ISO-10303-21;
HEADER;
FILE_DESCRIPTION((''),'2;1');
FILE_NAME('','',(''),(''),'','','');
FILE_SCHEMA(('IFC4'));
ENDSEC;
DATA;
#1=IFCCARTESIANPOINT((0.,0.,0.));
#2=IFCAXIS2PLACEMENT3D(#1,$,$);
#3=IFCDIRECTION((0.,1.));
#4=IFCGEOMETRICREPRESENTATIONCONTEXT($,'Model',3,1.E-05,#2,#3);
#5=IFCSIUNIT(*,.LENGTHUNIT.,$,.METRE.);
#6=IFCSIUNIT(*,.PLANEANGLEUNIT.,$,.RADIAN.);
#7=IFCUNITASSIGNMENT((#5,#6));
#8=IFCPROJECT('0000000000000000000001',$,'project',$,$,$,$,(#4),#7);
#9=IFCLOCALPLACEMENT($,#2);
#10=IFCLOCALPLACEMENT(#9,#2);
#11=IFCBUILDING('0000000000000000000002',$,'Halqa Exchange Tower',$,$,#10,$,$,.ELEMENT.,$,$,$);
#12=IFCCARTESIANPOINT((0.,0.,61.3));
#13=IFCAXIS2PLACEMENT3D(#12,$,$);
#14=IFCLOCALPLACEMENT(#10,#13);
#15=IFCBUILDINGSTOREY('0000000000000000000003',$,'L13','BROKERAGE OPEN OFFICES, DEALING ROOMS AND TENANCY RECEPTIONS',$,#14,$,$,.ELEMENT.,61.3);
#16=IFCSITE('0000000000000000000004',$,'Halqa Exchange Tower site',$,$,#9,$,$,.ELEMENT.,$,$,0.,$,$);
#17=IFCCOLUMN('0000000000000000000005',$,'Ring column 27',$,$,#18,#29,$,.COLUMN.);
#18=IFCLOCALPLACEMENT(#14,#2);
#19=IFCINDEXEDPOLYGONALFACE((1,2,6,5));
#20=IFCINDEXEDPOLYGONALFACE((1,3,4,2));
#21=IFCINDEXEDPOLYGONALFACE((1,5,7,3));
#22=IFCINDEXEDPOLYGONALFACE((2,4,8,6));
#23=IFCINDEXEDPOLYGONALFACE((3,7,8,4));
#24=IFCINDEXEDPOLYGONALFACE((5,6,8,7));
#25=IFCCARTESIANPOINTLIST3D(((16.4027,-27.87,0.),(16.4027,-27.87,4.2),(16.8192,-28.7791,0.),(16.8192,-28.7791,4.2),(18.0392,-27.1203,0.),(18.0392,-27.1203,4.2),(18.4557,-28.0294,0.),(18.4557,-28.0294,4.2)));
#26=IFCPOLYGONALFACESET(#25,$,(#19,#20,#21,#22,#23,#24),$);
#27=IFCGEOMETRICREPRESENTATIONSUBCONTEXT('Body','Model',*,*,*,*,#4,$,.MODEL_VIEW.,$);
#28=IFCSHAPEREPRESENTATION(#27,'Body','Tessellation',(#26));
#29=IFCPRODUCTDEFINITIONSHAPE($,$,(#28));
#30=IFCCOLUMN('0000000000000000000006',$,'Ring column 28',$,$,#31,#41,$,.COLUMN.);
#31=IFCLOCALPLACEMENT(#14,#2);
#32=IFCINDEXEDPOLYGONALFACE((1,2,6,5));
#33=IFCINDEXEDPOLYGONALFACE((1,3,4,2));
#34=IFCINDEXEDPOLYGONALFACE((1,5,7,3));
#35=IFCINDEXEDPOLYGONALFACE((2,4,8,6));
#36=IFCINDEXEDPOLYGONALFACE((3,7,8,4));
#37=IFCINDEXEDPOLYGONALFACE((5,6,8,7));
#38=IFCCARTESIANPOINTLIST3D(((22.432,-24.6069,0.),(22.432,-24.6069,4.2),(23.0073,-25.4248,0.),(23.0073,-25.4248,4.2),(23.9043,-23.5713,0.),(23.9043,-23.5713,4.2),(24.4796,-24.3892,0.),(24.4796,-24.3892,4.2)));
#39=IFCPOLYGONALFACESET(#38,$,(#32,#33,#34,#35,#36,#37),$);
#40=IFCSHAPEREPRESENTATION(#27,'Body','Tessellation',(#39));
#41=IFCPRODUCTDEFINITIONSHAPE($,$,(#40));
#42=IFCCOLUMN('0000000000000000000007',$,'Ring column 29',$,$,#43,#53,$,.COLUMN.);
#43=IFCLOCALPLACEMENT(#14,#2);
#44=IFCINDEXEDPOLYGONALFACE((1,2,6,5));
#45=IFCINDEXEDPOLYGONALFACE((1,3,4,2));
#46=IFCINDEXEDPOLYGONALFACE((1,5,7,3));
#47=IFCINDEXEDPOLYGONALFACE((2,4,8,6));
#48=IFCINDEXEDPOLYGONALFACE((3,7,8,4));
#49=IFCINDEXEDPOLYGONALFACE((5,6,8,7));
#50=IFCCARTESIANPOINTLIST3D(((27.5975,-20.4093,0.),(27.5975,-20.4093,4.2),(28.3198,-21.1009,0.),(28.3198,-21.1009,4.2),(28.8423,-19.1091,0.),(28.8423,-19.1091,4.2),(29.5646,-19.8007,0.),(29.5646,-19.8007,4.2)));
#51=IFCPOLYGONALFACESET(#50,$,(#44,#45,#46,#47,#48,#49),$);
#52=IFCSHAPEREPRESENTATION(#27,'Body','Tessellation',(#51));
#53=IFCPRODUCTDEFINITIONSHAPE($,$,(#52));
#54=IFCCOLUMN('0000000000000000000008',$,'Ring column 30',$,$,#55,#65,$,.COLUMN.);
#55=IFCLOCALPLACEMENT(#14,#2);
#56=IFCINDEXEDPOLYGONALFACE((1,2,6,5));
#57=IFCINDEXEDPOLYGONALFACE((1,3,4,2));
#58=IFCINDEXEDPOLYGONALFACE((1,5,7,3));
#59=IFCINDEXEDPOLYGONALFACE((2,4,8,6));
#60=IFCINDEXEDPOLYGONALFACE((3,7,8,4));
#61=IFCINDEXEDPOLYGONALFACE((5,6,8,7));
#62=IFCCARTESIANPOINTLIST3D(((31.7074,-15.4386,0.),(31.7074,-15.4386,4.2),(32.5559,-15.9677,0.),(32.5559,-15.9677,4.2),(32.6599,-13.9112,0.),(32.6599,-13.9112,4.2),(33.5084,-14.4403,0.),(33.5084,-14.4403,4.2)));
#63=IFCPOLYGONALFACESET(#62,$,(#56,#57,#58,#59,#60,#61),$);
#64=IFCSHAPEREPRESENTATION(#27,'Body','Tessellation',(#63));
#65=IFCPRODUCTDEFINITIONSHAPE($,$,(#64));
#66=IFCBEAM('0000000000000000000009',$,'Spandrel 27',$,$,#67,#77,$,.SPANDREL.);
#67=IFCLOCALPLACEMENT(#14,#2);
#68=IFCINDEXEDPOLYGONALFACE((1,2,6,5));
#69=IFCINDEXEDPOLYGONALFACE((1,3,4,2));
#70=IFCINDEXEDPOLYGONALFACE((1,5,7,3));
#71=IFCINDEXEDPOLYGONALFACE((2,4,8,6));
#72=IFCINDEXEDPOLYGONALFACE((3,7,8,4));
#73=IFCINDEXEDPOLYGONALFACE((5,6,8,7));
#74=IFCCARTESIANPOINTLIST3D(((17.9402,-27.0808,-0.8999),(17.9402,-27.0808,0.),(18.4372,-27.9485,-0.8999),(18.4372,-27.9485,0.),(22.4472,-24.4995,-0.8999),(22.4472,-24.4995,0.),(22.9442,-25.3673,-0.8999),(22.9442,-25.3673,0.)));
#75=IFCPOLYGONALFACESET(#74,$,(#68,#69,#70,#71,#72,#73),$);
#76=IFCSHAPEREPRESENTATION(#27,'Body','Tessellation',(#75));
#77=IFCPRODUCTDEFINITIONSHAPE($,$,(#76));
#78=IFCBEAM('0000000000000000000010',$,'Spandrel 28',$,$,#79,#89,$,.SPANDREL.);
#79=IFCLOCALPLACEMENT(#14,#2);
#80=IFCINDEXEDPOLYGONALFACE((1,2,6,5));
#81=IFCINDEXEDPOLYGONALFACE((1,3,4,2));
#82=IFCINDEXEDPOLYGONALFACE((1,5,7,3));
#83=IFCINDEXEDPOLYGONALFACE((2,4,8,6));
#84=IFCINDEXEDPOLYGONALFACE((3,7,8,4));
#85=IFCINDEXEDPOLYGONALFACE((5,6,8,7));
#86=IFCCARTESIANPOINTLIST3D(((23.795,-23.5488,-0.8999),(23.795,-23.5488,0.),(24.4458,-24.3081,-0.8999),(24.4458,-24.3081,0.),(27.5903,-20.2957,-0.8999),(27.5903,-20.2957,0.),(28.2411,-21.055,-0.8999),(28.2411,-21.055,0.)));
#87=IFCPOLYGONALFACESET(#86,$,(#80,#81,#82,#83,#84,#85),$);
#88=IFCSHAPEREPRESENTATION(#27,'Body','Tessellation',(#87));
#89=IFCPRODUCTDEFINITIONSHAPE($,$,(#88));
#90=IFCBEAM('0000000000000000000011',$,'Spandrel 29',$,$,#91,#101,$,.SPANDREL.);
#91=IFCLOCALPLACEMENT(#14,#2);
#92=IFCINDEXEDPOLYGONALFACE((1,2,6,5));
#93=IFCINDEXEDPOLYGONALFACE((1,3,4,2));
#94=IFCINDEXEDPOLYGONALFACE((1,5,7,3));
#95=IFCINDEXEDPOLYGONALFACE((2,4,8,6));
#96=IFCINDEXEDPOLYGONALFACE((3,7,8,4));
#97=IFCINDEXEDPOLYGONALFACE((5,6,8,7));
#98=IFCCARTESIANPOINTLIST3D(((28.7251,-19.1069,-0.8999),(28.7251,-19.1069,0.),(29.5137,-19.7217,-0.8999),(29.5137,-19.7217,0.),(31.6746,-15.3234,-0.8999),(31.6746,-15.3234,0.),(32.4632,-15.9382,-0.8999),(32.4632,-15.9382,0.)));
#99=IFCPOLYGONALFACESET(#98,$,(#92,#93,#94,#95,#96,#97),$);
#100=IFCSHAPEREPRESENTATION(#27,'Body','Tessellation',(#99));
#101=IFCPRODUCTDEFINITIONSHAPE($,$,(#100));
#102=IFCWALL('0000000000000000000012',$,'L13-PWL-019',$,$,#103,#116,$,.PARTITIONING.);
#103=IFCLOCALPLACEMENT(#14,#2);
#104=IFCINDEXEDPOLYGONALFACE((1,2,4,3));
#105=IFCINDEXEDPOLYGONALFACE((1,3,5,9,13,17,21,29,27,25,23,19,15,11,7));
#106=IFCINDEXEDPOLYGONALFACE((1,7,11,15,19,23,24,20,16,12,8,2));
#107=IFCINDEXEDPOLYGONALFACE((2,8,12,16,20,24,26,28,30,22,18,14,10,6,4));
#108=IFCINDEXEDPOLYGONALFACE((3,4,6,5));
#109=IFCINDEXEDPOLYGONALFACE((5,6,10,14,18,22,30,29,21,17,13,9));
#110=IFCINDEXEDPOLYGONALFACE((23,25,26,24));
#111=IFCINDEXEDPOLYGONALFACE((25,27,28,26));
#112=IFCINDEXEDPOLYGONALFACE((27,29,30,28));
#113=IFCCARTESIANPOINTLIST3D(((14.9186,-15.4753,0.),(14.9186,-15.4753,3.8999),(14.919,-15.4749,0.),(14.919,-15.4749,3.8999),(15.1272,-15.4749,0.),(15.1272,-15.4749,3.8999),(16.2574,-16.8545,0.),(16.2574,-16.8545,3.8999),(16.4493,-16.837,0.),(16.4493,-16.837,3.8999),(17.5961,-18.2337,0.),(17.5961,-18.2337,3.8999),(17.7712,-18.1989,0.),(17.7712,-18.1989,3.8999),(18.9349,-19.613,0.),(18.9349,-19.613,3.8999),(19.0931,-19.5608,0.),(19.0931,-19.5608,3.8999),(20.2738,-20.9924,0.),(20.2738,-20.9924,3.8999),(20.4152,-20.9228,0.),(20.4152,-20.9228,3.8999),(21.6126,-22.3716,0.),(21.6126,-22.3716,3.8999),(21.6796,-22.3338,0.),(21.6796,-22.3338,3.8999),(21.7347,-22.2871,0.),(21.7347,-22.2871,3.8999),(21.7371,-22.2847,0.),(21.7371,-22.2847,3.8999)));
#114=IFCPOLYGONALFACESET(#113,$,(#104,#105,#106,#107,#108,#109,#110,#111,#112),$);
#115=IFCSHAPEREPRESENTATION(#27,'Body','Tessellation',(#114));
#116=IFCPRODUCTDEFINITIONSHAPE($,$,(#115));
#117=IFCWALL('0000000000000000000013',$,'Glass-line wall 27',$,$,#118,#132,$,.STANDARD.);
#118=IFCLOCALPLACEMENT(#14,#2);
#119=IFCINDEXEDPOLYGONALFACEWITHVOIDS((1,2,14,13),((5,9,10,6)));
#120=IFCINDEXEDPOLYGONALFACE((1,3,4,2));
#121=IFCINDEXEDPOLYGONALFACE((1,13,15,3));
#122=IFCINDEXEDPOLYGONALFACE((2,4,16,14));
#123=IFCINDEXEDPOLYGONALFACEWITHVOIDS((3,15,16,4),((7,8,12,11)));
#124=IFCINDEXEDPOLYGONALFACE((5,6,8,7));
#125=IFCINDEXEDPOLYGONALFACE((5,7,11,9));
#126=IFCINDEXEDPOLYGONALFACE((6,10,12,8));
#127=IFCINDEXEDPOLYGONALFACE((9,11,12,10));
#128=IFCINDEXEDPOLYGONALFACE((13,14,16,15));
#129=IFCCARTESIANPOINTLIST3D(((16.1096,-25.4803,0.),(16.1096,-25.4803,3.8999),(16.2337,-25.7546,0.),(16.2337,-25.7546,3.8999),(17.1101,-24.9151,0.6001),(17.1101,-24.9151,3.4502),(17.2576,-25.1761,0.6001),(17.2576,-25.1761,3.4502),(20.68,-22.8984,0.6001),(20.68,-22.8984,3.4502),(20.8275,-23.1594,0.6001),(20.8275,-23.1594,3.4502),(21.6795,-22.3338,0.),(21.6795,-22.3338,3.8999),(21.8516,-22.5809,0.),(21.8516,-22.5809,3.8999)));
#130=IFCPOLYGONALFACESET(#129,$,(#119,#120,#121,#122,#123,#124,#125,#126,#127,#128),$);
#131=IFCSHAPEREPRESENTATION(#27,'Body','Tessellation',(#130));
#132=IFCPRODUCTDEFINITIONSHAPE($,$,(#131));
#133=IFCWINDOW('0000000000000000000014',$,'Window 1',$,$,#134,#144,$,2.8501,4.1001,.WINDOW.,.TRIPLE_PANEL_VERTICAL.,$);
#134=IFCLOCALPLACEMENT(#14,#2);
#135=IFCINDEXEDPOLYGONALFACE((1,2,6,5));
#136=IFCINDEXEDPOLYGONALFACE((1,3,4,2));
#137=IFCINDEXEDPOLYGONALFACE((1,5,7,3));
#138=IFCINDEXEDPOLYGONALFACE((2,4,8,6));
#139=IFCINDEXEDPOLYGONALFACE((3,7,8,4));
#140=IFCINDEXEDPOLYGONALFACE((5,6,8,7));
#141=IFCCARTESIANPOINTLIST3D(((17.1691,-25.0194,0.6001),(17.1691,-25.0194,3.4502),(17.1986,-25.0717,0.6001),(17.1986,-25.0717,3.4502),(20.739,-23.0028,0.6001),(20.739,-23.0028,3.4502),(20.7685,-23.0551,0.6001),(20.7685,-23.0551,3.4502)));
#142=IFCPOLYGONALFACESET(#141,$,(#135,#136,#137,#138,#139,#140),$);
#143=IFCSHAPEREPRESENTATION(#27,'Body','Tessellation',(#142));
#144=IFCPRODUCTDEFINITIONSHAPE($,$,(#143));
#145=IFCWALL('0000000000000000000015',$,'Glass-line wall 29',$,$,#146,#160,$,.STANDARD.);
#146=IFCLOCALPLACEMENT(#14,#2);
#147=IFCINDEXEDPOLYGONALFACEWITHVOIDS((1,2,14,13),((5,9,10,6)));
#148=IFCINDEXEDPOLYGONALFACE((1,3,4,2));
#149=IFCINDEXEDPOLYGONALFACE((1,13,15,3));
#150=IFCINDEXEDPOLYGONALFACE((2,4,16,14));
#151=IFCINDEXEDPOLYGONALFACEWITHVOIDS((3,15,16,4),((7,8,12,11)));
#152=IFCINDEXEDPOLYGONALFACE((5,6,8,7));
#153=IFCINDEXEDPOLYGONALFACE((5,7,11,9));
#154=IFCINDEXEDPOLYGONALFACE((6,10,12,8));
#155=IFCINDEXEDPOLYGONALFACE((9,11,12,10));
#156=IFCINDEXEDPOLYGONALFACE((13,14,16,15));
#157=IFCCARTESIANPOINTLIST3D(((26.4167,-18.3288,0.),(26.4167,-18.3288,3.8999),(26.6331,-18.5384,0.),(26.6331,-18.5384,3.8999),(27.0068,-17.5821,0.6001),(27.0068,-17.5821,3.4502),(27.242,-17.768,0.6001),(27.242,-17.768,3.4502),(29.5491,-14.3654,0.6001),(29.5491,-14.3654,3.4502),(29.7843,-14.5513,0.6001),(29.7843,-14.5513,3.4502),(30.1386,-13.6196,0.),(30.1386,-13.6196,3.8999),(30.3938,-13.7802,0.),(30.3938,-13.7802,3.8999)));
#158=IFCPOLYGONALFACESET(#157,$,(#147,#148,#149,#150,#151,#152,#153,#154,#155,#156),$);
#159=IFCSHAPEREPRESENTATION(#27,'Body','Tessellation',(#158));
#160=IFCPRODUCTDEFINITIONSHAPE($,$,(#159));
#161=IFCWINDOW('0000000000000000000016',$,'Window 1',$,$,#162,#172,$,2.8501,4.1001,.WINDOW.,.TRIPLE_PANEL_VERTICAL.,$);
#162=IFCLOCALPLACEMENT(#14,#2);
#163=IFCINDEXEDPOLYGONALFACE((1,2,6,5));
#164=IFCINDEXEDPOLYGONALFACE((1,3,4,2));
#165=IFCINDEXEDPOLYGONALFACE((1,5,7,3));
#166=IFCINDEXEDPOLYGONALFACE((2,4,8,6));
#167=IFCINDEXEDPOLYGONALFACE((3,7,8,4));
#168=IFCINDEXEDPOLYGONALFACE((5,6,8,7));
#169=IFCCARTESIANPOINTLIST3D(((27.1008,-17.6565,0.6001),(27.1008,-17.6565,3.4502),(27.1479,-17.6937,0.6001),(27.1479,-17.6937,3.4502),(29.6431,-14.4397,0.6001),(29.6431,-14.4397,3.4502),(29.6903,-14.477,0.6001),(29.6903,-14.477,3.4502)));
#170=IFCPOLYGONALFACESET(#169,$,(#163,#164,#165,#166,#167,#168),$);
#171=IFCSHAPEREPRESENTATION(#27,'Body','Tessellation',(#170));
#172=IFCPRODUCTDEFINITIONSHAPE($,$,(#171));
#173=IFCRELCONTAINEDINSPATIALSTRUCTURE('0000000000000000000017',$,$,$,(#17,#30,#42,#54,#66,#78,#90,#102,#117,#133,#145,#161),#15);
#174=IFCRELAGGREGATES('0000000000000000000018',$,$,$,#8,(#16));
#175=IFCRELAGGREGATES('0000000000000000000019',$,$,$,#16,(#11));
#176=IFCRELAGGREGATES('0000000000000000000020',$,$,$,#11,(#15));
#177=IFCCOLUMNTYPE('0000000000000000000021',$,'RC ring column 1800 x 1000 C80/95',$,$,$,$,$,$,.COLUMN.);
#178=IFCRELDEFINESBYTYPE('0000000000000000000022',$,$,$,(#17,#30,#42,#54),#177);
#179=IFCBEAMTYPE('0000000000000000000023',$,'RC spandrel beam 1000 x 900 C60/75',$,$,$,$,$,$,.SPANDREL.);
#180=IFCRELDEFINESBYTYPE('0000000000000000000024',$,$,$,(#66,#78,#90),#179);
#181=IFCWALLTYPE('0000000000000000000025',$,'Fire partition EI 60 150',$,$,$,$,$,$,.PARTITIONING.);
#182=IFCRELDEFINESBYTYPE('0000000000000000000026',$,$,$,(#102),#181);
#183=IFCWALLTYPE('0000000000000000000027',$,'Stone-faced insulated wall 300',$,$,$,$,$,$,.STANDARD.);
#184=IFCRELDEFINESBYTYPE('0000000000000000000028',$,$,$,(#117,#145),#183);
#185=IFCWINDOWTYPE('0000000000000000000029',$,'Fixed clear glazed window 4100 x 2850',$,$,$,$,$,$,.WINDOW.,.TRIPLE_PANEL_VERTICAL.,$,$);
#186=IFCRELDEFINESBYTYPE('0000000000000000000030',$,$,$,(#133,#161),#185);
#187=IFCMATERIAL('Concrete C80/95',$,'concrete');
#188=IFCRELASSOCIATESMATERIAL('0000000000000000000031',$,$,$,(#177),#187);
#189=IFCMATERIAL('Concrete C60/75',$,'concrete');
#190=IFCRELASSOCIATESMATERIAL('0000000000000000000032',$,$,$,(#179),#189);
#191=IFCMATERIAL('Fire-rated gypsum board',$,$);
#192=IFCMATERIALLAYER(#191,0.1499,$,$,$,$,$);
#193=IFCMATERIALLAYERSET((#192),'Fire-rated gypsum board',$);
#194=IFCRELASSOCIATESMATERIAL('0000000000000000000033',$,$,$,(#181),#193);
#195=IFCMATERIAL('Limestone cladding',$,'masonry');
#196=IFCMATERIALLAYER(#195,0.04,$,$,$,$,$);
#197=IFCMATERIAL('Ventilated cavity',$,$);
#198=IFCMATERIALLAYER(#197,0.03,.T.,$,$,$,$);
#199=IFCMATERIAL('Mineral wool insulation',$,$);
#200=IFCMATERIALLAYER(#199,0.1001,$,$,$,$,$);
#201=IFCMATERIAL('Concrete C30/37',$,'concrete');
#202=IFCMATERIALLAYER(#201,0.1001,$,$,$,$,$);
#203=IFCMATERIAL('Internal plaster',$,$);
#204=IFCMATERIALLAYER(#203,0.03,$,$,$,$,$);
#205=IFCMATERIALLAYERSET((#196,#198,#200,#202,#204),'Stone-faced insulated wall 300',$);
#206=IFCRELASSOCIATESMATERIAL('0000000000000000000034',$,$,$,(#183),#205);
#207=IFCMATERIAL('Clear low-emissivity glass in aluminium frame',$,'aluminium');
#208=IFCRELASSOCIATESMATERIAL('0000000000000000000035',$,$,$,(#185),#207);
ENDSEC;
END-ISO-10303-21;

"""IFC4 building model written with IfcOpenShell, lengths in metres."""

from ifc_helpers import new_model, si_unit, direction, frame, frame_2d, origin, origin_2d, place, context, subcontext, project, spatial, polyline, rectangle, outline, extrude, material, layer, layer_set, material_profile, profile_set, type_object, element, fill, save


model = new_model("IFC4")

# Units and contexts
model_context = context("Model", 3, precision=1e-05, world=origin(), true_north=direction((0.0, 1.0)))
body_context = subcontext(model_context, "Body", "Model", "MODEL_VIEW")
ifc_project = project(units=[si_unit("LENGTHUNIT", "METRE"), si_unit("PLANEANGLEUNIT", "RADIAN")], contexts=[model_context])

# Site, building, storey
site_placement = place(None, origin())
site = spatial("IfcSite", under=ifc_project, at=site_placement, Name="Halqa Exchange Tower site", CompositionType="ELEMENT", RefElevation=0.0)
building_placement = place(site_placement, origin())
building = spatial("IfcBuilding", under=site, at=building_placement, Name="Halqa Exchange Tower", CompositionType="ELEMENT")
storey_placement = place(building_placement, frame((0.0, 0.0, 61.3)))
storey = spatial("IfcBuildingStorey", under=building, at=storey_placement, Name="L13", Description="BROKERAGE OPEN OFFICES, DEALING ROOMS AND TENANCY RECEPTIONS", CompositionType="ELEMENT", Elevation=61.3)

# Columns
ifc_material_1 = material(Name="Concrete C80/95", Category="concrete")
ifc_material_profile_1 = material_profile(ifc_material_1, rectangle(XDim=1.8, YDim=1.0, at=origin_2d()), Name="1800 x 1000")
ifc_profile_set_1 = profile_set([ifc_material_profile_1], Name="Concrete C80/95")
column_type = type_object("IfcColumnType", Name="RC ring column 1800 x 1000 C80/95", PredefinedType="COLUMN", material=ifc_profile_set_1)
for number, where, z_axis, x_axis, name in (
    (1, (17.4292, -27.9497, 0.0), (0.0, 0.0, 1.0), (0.909126, 0.41652, 0.0), "Ring column 27"),
    (2, (23.4558, -24.498, 0.0), (0.0, 0.0, 1.0), (0.817909, 0.575348, 0.0), "Ring column 28"),
    (3, (28.5811, -20.105, 0.0), (0.0, 0.0, 1.0), (0.691577, 0.722302, 0.0), "Ring column 29"),
    (4, (32.6079, -14.9395, 0.0), (0.0, 0.0, 1.0), (0.529139, 0.848535, 0.0), "Ring column 30"),
):
    element("IfcColumn", number, at=place(storey_placement, frame(where, z_axis=z_axis, x_axis=x_axis)), inside=storey, type_object=column_type, Name=name, PredefinedType="COLUMN", context=body_context, shape_type="SweptSolid", body=[
        extrude(rectangle(XDim=1.8, YDim=1.0, at=origin_2d()), origin(), (0.0, 0.0, 1.0), 4.2),
    ])

# Beams
ifc_material_2 = material(Name="Concrete C60/75", Category="concrete")
ifc_material_profile_2 = material_profile(ifc_material_2, rectangle(XDim=1.0, YDim=0.8999, at=origin_2d()), Name="1000 x 900")
ifc_profile_set_2 = profile_set([ifc_material_profile_2], Name="Concrete C60/75")
beam_type = type_object("IfcBeamType", Name="RC spandrel beam 1000 x 900 C60/75", PredefinedType="SPANDREL", material=ifc_profile_set_2)
beam_1_placement = place(storey_placement, frame((18.1887, -27.5146, -0.45), z_axis=(0.86776, 0.496984, 0.0), x_axis=(-0.496984, 0.86776, 0.0)))
element("IfcBeam", 5, at=beam_1_placement, inside=storey, type_object=beam_type, Name="Spandrel 27", PredefinedType="SPANDREL", context=body_context, shape_type="SweptSolid", body=[
    extrude(rectangle(XDim=1.0, YDim=0.8999, at=origin_2d()), origin(), (0.0, 0.0, 1.0), 5.1938),
])
beam_2_placement = place(storey_placement, frame((24.1204, -23.9285, -0.45), z_axis=(0.75926, 0.650787, 0.0), x_axis=(-0.650787, 0.75926, 0.0)))
element("IfcBeam", 6, at=beam_2_placement, inside=storey, type_object=beam_type, Name="Spandrel 28", PredefinedType="SPANDREL", context=body_context, shape_type="SweptSolid", body=[
    extrude(rectangle(XDim=1.0, YDim=0.8999, at=origin_2d()), origin(), (0.0, 0.0, 1.0), 4.9988),
])
beam_3_placement = place(storey_placement, frame((29.1194, -19.4143, -0.45), z_axis=(0.614821, 0.788667, 0.0), x_axis=(-0.788667, 0.614821, 0.0)))
element("IfcBeam", 7, at=beam_3_placement, inside=storey, type_object=beam_type, Name="Spandrel 29", PredefinedType="SPANDREL", context=body_context, shape_type="SweptSolid", body=[
    extrude(rectangle(XDim=1.0, YDim=0.8999, at=origin_2d()), origin(), (0.0, 0.0, 1.0), 4.7974),
])

# Shared definitions
ifc_material_3 = material(Name="Fire-rated gypsum board")
ifc_layer_1 = layer(ifc_material_3, 0.1499)
ifc_layer_set_1 = layer_set([ifc_layer_1], Name="Fire-rated gypsum board")
wall_type_1 = type_object("IfcWallType", Name="Fire partition EI 60 150", PredefinedType="PARTITIONING", material=ifc_layer_set_1)

# Wall
wall_1_placement = place(storey_placement, frame((21.6833, -22.3369, 0.0), z_axis=(0.0, 0.0, 1.0), x_axis=(-0.6965, 0.717556, 0.0)))
element("IfcWall", 8, at=wall_1_placement, inside=storey, type_object=wall_type_1, Name="L13-PWL-019", PredefinedType="PARTITIONING", context=body_context, shape_type="SweptSolid", body=[
    extrude(outline(polyline([(0.0, -0.075), (1.8979, -0.075), (3.7961, -0.075), (5.6941, -0.075), (7.592, -0.075), (9.4902, -0.075), (9.6353, 0.0745), (9.6353, 0.075), (7.7131, 0.075), (5.791, 0.075), (3.8689, 0.075), (1.9465, 0.075), (0.0244, 0.075), (0.0049, 0.0005), (0.0, -0.0715), (0.0, -0.075)])), origin(), (0.0, 0.0, 1.0), 3.8999),
])

# Wall, opening, window
ifc_material_4 = material(Name="Limestone cladding", Category="masonry")
ifc_layer_2 = layer(ifc_material_4, 0.04)
ifc_material_5 = material(Name="Ventilated cavity")
ifc_layer_3 = layer(ifc_material_5, 0.03, ventilated=True)
ifc_material_6 = material(Name="Mineral wool insulation")
ifc_layer_4 = layer(ifc_material_6, 0.1001)
ifc_material_7 = material(Name="Concrete C30/37", Category="concrete")
ifc_layer_5 = layer(ifc_material_7, 0.1001)
ifc_material_8 = material(Name="Internal plaster")
ifc_layer_6 = layer(ifc_material_8, 0.03)
ifc_layer_set_2 = layer_set([ifc_layer_2, ifc_layer_3, ifc_layer_4, ifc_layer_5, ifc_layer_6], Name="Stone-faced insulated wall 300")
wall_type_2 = type_object("IfcWallType", Name="Stone-faced insulated wall 300", PredefinedType="STANDARD", material=ifc_layer_set_2)
wall_2_placement = place(storey_placement, frame((16.1716, -25.6174, 0.0), z_axis=(0.0, 0.0, 1.0), x_axis=(0.870674, 0.491861, 0.0)))
wall_2 = element("IfcWall", 9, at=wall_2_placement, inside=storey, type_object=wall_type_2, Name="Glass-line wall 27", PredefinedType="STANDARD", context=body_context, shape_type="SweptSolid", body=[
    extrude(outline(polyline([(-0.0134, -0.1499), (6.439, -0.1499), (6.4106, 0.1499), (0.0134, 0.1499), (-0.0134, -0.1499)])), origin(), (0.0, 0.0, 1.0), 3.8999),
])
opening_1_placement = place(wall_2_placement, frame((1.1626, 0.0, 0.6001)))
opening_1 = element("IfcOpeningElement", 10, at=opening_1_placement, cuts=wall_2, PredefinedType="OPENING", context=body_context, shape_type="SweptSolid", body=[
    extrude(rectangle(XDim=4.1001, YDim=2.8501, at=frame_2d((2.05, 1.425))), frame((0.0, 0.1621, 0.0), z_axis=(0.0, -1.0, 0.0), x_axis=(1.0, 0.0, 0.0)), (0.0, 0.0, 1.0), 0.324),
])
ifc_material_9 = material(Name="Clear low-emissivity glass in aluminium frame", Category="aluminium")
window_type = type_object("IfcWindowType", Name="Fixed clear glazed window 4100 x 2850", PartitioningType="TRIPLE_PANEL_VERTICAL", PredefinedType="WINDOW", material=ifc_material_9)
window_1_placement = place(opening_1_placement, origin())
window_1 = element("IfcWindow", 11, at=window_1_placement, inside=storey, type_object=window_type, Name="Window 1", OverallHeight=2.8501, OverallWidth=4.1001, PartitioningType="TRIPLE_PANEL_VERTICAL", PredefinedType="WINDOW", context=body_context, shape_type="SweptSolid", body=[
    extrude(rectangle(XDim=4.1001, YDim=2.8501, at=frame_2d((2.05, 1.425))), frame((0.0, 0.03, 0.0), z_axis=(0.0, -1.0, 0.0), x_axis=(1.0, 0.0, 0.0)), (0.0, 0.0, 1.0), 0.0601),
])
fill(opening_1, window_1)

# Wall, opening, window
wall_3_placement = place(storey_placement, frame((26.5249, -18.4336, 0.0), z_axis=(0.0, 0.0, 1.0), x_axis=(0.620065, 0.78455, 0.0)))
wall_3 = element("IfcWall", 12, at=wall_3_placement, inside=storey, type_object=wall_type_2, Name="Glass-line wall 29", PredefinedType="STANDARD", context=body_context, shape_type="SweptSolid", body=[
    extrude(outline(polyline([(-0.0151, -0.1499), (6.0498, -0.1499), (6.0176, 0.1499), (0.0151, 0.1499), (-0.0151, -0.1499)])), origin(), (0.0, 0.0, 1.0), 3.8999),
])
opening_2_placement = place(wall_3_placement, frame((0.9668, 0.0, 0.6001)))
opening_2 = element("IfcOpeningElement", 13, at=opening_2_placement, cuts=wall_3, PredefinedType="OPENING", context=body_context, shape_type="SweptSolid", body=[
    extrude(rectangle(XDim=4.1001, YDim=2.8501, at=frame_2d((2.05, 1.425))), frame((0.0, 0.1621, 0.0), z_axis=(0.0, -1.0, 0.0), x_axis=(1.0, 0.0, 0.0)), (0.0, 0.0, 1.0), 0.324),
])
window_2_placement = place(opening_2_placement, origin())
window_2 = element("IfcWindow", 14, at=window_2_placement, inside=storey, type_object=window_type, Name="Window 1", OverallHeight=2.8501, OverallWidth=4.1001, PartitioningType="TRIPLE_PANEL_VERTICAL", PredefinedType="WINDOW", context=body_context, shape_type="SweptSolid", body=[
    extrude(rectangle(XDim=4.1001, YDim=2.8501, at=frame_2d((2.05, 1.425))), frame((0.0, 0.03, 0.0), z_axis=(0.0, -1.0, 0.0), x_axis=(1.0, 0.0, 0.0)), (0.0, 0.0, 1.0), 0.0601),
])
fill(opening_2, window_2)

save(model, "model.ifc")
